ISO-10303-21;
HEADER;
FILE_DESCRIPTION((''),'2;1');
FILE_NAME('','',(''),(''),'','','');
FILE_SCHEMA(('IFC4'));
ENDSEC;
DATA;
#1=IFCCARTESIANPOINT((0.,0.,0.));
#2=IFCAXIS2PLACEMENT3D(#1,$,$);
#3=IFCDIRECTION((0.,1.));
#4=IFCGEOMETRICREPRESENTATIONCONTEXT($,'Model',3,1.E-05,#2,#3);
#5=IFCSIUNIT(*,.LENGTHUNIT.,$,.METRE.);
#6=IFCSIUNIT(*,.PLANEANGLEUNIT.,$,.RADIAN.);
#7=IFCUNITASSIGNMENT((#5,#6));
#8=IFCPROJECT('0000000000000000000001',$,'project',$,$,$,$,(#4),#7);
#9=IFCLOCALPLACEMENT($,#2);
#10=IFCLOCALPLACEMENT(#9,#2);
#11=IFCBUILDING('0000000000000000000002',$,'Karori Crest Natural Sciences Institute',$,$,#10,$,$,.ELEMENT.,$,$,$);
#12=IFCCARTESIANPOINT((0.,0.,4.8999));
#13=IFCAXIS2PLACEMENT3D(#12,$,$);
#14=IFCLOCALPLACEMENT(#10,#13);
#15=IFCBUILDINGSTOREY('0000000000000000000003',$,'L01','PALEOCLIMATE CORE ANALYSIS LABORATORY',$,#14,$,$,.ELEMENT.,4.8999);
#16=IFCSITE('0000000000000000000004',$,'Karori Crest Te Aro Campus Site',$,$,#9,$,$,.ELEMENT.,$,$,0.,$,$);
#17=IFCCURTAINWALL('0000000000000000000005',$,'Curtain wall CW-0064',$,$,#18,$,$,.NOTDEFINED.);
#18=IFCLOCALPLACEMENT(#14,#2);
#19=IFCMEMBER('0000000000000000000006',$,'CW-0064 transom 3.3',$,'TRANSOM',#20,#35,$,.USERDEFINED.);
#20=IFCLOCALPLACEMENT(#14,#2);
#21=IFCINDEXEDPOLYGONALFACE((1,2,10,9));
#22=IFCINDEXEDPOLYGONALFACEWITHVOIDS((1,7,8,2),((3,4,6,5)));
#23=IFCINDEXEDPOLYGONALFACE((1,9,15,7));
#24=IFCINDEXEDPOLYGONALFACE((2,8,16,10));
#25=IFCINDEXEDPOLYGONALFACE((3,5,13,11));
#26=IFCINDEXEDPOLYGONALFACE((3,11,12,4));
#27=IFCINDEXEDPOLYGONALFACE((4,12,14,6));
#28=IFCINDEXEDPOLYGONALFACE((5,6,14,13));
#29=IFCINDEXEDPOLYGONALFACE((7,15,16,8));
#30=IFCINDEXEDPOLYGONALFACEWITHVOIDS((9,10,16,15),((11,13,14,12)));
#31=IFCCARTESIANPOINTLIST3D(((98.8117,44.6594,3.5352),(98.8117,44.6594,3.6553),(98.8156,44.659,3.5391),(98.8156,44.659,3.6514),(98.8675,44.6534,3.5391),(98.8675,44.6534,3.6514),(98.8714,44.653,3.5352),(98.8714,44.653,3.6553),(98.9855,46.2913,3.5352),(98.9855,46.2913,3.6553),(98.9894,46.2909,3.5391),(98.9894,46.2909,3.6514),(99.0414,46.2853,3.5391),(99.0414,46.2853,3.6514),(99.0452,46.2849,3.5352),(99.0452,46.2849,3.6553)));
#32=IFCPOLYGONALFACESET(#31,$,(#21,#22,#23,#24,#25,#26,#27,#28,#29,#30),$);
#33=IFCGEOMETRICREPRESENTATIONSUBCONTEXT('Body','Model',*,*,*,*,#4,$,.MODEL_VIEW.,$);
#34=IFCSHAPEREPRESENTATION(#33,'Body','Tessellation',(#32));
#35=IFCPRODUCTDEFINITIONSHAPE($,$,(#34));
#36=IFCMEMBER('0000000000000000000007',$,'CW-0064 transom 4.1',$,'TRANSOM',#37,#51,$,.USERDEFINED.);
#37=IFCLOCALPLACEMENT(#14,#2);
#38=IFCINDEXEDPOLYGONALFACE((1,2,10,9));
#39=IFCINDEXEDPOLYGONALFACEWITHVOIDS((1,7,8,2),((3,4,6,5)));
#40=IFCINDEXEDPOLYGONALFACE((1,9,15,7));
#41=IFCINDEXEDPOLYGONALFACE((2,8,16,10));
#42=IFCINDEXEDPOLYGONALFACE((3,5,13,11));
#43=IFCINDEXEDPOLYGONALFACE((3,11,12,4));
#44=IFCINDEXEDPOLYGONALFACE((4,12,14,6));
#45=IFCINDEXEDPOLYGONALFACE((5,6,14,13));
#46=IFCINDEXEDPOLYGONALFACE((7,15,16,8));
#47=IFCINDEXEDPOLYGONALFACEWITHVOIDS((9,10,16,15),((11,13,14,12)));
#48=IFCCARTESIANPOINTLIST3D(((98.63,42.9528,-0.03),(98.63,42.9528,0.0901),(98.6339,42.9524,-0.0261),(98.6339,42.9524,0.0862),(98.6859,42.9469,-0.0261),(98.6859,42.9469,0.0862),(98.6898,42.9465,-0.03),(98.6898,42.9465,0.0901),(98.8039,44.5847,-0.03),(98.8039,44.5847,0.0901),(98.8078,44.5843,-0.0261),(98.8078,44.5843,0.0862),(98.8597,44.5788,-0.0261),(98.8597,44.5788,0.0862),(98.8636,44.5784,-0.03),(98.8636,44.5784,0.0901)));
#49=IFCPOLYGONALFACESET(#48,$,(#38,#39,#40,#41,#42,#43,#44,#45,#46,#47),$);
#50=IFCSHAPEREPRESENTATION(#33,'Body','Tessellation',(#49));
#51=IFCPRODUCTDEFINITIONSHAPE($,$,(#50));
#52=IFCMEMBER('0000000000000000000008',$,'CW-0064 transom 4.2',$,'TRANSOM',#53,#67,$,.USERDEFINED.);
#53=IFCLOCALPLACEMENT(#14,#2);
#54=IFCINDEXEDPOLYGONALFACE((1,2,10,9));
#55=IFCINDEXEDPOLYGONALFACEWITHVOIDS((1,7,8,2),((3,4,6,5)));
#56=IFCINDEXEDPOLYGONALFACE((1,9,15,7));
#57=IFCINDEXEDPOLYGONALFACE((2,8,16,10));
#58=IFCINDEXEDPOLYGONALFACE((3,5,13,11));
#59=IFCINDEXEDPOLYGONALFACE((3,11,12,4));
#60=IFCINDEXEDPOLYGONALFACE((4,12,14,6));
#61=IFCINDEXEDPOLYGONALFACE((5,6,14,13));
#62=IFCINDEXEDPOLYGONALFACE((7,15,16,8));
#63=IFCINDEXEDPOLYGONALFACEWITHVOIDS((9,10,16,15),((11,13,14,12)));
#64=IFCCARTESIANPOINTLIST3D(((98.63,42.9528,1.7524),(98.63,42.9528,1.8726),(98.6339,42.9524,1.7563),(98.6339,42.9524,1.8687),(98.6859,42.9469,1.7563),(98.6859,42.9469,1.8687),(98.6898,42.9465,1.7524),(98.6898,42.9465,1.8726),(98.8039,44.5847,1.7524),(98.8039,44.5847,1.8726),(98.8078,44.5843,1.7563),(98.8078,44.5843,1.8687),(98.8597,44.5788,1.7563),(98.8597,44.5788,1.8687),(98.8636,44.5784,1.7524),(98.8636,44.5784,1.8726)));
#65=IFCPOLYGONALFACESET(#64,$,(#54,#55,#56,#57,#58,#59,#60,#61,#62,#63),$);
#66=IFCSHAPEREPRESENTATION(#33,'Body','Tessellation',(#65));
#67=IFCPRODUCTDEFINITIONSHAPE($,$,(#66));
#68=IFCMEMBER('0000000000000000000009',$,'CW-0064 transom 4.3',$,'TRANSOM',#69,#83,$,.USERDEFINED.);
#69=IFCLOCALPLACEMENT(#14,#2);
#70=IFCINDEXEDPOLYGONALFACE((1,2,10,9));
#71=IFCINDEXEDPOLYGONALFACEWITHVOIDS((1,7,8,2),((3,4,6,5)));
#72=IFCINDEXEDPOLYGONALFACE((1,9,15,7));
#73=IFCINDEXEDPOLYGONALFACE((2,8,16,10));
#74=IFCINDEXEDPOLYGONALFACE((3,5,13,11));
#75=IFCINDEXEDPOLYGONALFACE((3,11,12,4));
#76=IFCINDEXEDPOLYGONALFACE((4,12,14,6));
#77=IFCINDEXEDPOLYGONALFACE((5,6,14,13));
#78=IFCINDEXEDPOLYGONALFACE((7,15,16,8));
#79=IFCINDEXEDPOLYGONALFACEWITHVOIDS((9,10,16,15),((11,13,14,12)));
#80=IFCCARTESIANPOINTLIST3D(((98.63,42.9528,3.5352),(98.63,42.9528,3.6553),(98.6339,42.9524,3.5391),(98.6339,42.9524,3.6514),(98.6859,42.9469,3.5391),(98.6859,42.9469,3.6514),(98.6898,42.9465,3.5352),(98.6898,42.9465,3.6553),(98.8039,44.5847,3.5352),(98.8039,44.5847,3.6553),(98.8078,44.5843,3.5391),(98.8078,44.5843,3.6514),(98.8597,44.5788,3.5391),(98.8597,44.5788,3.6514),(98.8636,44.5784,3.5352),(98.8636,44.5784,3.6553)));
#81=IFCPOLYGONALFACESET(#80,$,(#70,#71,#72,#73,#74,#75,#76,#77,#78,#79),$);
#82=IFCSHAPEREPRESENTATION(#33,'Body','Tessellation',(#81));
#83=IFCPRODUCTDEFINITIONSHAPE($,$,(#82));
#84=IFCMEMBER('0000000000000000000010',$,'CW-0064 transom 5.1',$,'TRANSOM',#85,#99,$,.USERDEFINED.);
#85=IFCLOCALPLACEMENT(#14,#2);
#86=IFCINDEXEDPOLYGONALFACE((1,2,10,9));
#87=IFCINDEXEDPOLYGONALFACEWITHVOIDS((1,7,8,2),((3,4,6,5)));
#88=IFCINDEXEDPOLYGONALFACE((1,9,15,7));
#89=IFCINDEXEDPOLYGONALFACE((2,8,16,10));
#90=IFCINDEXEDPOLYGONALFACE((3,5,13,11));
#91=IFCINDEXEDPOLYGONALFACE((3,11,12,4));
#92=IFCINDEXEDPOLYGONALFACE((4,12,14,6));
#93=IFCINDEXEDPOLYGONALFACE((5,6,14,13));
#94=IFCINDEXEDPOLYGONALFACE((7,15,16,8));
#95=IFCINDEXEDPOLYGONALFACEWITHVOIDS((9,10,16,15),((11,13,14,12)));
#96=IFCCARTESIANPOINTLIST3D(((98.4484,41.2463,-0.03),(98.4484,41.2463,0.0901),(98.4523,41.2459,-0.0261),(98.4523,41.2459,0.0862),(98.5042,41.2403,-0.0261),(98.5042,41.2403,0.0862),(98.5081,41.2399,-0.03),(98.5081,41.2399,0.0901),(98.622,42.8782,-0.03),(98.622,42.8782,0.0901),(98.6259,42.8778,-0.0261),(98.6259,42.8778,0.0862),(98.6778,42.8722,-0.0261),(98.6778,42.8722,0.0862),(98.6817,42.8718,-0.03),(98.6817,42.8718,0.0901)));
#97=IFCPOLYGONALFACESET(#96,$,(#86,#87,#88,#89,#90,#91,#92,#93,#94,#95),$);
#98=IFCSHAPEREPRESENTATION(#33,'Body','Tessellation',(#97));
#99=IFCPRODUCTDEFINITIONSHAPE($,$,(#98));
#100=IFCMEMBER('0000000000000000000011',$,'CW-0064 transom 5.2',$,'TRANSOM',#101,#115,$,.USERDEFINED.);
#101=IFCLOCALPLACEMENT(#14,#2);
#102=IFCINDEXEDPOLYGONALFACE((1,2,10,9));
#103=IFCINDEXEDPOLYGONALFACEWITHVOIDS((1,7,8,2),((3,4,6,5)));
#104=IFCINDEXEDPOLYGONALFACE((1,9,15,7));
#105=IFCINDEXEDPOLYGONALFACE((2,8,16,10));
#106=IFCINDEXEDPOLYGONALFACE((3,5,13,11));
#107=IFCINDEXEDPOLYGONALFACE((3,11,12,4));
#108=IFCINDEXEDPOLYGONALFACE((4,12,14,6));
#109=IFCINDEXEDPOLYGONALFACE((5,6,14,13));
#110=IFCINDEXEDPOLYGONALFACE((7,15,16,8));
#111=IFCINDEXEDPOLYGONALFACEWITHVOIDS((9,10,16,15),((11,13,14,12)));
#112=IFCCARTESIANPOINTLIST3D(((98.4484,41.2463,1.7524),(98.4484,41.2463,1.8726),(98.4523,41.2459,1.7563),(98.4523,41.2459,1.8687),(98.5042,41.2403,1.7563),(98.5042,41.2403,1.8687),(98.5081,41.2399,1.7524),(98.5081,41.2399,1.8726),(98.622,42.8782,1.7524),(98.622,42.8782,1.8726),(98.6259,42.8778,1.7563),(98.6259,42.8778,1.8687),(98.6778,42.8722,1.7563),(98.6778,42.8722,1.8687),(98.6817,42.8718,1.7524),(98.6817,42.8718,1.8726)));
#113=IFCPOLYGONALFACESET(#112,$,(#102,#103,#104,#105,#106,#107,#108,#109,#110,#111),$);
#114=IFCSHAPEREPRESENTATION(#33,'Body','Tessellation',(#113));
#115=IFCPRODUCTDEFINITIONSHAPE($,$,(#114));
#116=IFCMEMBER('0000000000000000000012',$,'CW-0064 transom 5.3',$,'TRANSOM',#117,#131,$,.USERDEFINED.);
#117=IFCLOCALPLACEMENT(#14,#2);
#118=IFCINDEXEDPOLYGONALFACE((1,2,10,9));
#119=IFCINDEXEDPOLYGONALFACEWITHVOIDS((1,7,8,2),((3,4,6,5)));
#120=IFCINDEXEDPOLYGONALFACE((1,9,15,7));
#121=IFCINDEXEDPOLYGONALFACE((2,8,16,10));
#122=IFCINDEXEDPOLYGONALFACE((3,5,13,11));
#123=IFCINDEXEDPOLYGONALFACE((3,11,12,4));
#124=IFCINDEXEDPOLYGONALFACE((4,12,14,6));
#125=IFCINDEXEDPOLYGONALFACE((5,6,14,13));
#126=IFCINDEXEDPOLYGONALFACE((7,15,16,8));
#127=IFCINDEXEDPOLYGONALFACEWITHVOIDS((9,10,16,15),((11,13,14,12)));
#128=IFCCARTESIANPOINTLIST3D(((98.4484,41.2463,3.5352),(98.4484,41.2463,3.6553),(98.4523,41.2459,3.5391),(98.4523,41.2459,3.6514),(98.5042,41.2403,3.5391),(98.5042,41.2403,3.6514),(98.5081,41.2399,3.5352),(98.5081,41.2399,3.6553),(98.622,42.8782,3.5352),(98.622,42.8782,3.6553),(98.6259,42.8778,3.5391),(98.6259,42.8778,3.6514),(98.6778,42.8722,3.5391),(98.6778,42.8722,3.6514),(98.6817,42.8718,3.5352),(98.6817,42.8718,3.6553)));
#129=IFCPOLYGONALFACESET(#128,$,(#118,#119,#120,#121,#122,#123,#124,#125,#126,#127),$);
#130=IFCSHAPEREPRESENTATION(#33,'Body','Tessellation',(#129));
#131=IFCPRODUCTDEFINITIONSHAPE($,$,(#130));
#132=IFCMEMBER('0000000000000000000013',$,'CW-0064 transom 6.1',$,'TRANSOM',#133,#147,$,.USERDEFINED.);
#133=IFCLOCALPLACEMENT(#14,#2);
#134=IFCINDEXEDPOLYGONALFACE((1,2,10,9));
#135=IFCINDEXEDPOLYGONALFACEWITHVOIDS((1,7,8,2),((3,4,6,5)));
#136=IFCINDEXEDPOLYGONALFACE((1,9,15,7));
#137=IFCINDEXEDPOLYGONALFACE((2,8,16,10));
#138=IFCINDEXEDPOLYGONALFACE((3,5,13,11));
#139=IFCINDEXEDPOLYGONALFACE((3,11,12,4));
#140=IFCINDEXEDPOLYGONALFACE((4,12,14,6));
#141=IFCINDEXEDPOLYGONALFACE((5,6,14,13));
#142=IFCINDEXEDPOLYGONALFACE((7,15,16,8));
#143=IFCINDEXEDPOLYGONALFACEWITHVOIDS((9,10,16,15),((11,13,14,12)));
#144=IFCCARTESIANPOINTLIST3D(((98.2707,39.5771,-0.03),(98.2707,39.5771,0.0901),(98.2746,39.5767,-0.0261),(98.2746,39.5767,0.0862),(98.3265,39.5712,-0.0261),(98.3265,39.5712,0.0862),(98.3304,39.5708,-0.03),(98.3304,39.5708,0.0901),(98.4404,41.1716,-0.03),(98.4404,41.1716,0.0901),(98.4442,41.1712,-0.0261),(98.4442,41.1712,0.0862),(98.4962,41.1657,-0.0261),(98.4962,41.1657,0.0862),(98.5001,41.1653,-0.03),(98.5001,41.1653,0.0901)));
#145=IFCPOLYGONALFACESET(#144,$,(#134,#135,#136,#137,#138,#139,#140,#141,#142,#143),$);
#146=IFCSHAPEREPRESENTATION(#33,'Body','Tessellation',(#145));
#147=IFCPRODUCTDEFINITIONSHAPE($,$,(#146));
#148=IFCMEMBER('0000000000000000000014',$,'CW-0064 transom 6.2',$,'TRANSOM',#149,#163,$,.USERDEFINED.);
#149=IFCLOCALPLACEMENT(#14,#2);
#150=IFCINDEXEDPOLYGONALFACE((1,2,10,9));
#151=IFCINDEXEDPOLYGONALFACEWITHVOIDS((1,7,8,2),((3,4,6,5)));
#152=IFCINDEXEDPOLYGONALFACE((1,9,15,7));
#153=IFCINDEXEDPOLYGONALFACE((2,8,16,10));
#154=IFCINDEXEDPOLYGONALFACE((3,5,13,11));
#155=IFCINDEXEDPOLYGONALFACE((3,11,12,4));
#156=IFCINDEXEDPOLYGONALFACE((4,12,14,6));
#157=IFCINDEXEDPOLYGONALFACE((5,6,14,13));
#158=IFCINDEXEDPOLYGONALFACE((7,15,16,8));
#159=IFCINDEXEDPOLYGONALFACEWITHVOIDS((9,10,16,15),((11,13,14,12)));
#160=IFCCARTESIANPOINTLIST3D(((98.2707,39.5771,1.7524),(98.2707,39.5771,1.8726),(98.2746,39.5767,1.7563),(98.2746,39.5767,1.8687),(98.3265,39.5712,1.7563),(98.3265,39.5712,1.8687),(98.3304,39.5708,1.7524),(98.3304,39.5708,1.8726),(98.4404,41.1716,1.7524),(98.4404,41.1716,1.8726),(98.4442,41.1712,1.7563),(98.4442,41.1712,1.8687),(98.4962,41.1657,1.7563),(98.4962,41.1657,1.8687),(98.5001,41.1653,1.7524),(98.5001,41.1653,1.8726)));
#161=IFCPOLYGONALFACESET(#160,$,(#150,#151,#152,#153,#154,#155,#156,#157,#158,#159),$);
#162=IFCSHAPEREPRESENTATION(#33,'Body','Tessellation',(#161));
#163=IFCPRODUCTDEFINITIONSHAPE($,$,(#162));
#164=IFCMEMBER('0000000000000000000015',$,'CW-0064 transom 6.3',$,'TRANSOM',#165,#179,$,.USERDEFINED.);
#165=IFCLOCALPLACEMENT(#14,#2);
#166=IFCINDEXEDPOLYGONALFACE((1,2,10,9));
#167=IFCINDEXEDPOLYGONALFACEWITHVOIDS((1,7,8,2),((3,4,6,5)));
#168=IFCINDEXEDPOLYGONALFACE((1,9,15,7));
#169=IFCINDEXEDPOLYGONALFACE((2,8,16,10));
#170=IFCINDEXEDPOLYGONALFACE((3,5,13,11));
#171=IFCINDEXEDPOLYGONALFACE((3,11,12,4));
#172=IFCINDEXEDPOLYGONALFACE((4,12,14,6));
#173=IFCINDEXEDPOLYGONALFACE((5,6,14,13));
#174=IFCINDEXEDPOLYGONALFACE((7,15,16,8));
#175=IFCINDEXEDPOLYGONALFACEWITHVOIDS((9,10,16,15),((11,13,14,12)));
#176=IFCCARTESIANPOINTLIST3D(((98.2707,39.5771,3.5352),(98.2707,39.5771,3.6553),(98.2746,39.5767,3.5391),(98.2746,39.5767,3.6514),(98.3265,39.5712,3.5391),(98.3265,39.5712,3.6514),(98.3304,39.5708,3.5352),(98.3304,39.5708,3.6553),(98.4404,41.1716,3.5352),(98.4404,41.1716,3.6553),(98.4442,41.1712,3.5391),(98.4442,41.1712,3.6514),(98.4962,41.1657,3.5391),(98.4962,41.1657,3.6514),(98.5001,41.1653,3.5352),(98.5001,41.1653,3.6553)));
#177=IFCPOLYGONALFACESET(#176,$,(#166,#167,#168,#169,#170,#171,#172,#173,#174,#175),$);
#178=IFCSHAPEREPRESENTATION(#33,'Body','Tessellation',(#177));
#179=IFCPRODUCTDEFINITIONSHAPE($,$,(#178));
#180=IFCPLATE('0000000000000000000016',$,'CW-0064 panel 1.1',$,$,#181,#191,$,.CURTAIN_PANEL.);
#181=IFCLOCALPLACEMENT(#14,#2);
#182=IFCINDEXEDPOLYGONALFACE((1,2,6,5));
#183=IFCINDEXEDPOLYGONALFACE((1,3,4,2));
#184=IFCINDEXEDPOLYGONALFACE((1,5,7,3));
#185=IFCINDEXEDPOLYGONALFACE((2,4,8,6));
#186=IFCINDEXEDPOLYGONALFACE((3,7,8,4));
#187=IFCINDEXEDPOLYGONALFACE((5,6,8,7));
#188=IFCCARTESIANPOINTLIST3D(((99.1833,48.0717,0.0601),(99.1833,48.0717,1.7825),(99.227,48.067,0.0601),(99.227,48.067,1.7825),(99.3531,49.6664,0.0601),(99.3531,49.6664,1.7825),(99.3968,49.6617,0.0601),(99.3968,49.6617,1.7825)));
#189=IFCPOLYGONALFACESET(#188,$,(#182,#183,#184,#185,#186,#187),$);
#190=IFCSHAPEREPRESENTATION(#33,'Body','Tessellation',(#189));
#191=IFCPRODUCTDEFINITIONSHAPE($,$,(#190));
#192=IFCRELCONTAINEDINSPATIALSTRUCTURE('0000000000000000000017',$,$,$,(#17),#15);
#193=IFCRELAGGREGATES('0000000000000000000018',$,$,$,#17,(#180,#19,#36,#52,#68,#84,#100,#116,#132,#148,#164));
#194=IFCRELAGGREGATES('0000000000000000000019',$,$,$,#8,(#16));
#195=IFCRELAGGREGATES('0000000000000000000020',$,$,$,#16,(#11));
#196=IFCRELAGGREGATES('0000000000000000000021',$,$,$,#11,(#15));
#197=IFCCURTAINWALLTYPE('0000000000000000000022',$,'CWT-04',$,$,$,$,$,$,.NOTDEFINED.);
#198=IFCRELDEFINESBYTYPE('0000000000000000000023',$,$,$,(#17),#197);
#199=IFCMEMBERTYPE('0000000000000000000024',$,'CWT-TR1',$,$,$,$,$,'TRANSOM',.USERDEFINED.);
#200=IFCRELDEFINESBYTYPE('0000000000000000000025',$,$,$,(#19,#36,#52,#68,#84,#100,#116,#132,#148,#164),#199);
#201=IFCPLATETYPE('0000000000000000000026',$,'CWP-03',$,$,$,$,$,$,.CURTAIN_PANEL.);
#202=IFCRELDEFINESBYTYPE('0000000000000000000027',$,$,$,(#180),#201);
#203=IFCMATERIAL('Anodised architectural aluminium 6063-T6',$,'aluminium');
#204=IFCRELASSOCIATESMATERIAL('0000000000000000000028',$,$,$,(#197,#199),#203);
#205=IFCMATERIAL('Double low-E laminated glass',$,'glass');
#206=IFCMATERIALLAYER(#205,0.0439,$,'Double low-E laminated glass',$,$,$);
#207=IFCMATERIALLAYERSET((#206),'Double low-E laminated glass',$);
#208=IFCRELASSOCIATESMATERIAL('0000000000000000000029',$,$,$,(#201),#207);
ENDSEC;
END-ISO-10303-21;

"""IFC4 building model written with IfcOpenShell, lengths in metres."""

from ifc_helpers import new_model, si_unit, direction, frame, origin, origin_2d, place, context, subcontext, project, spatial, rectangle, hollow_rectangle, extrude, material, layer, layer_set, material_profile, profile_set, type_object, element, aggregate, save


model = new_model("IFC4")

# Units and contexts
model_context = context("Model", 3, precision=1e-05, world=origin(), true_north=direction((0.0, 1.0)))
body_context = subcontext(model_context, "Body", "Model", "MODEL_VIEW")
ifc_project = project(units=[si_unit("LENGTHUNIT", "METRE"), si_unit("PLANEANGLEUNIT", "RADIAN")], contexts=[model_context])

# Site, building, storey
site_placement = place(None, origin())
site = spatial("IfcSite", under=ifc_project, at=site_placement, Name="Karori Crest Te Aro Campus Site", CompositionType="ELEMENT", RefElevation=0.0)
building_placement = place(site_placement, origin())
building = spatial("IfcBuilding", under=site, at=building_placement, Name="Karori Crest Natural Sciences Institute", CompositionType="ELEMENT")
storey_placement = place(building_placement, frame((0.0, 0.0, 4.8999)))
storey = spatial("IfcBuildingStorey", under=building, at=storey_placement, Name="L01", Description="PALEOCLIMATE CORE ANALYSIS LABORATORY", CompositionType="ELEMENT", Elevation=4.8999)

# Curtain wall, members, plate
ifc_material_1 = material(Name="Anodised architectural aluminium 6063-T6", Category="aluminium")
curtain_wall_type = type_object("IfcCurtainWallType", Name="CWT-04", PredefinedType="NOTDEFINED", material=ifc_material_1)
curtain_wall_placement = place(storey_placement, origin())
curtain_wall = element("IfcCurtainWall", 1, at=curtain_wall_placement, inside=storey, type_object=curtain_wall_type, Name="Curtain wall CW-0064", PredefinedType="NOTDEFINED")
ifc_material_profile_1 = material_profile(ifc_material_1, hollow_rectangle(XDim=0.0601, YDim=0.1201, WallThickness=0.0039, at=origin_2d()), Name="CWT120x60x4")
ifc_profile_set_1 = profile_set([ifc_material_profile_1], Name="Anodised architectural aluminium 6063-T6")
member_type_1 = type_object("IfcMemberType", Name="CWT-TR1", ElementType="TRANSOM", PredefinedType="USERDEFINED", material=ifc_profile_set_1)
member_1_placement = place(storey_placement, frame((99.0154, 46.2881, 3.5952), z_axis=(-0.105924, -0.994374, 0.0), x_axis=(0.994374, -0.105924, 0.0)))
member_1 = element("IfcMember", 2, at=member_1_placement, type_object=member_type_1, Name="CW-0064 transom 3.3", ObjectType="TRANSOM", PredefinedType="USERDEFINED", context=body_context, shape_type="SweptSolid", body=[
    extrude(hollow_rectangle(XDim=0.0601, YDim=0.1201, WallThickness=0.0039, at=origin_2d()), origin(), (0.0, 0.0, 1.0), 1.6411),
])
member_2_placement = place(storey_placement, frame((98.8337, 44.5815, 0.03), z_axis=(-0.105924, -0.994374, 0.0), x_axis=(0.994374, -0.105924, 0.0)))
member_2 = element("IfcMember", 3, at=member_2_placement, type_object=member_type_1, Name="CW-0064 transom 4.1", ObjectType="TRANSOM", PredefinedType="USERDEFINED", context=body_context, shape_type="SweptSolid", body=[
    extrude(hollow_rectangle(XDim=0.0601, YDim=0.1201, WallThickness=0.0039, at=origin_2d()), origin(), (0.0, 0.0, 1.0), 1.6411),
])
member_3_placement = place(storey_placement, frame((98.8337, 44.5815, 1.8125), z_axis=(-0.105924, -0.994374, 0.0), x_axis=(0.994374, -0.105924, 0.0)))
member_3 = element("IfcMember", 4, at=member_3_placement, type_object=member_type_1, Name="CW-0064 transom 4.2", ObjectType="TRANSOM", PredefinedType="USERDEFINED", context=body_context, shape_type="SweptSolid", body=[
    extrude(hollow_rectangle(XDim=0.0601, YDim=0.1201, WallThickness=0.0039, at=origin_2d()), origin(), (0.0, 0.0, 1.0), 1.6411),
])
member_4_placement = place(storey_placement, frame((98.8337, 44.5815, 3.5952), z_axis=(-0.105924, -0.994374, 0.0), x_axis=(0.994374, -0.105924, 0.0)))
member_4 = element("IfcMember", 5, at=member_4_placement, type_object=member_type_1, Name="CW-0064 transom 4.3", ObjectType="TRANSOM", PredefinedType="USERDEFINED", context=body_context, shape_type="SweptSolid", body=[
    extrude(hollow_rectangle(XDim=0.0601, YDim=0.1201, WallThickness=0.0039, at=origin_2d()), origin(), (0.0, 0.0, 1.0), 1.6411),
])
member_5_placement = place(storey_placement, frame((98.6519, 42.875, 0.03), z_axis=(-0.105777, -0.99439, 0.0), x_axis=(0.99439, -0.105777, 0.0)))
member_5 = element("IfcMember", 6, at=member_5_placement, type_object=member_type_1, Name="CW-0064 transom 5.1", ObjectType="TRANSOM", PredefinedType="USERDEFINED", context=body_context, shape_type="SweptSolid", body=[
    extrude(hollow_rectangle(XDim=0.0601, YDim=0.1201, WallThickness=0.0039, at=origin_2d()), origin(), (0.0, 0.0, 1.0), 1.6411),
])
member_6_placement = place(storey_placement, frame((98.6519, 42.875, 1.8125), z_axis=(-0.105777, -0.99439, 0.0), x_axis=(0.99439, -0.105777, 0.0)))
member_6 = element("IfcMember", 7, at=member_6_placement, type_object=member_type_1, Name="CW-0064 transom 5.2", ObjectType="TRANSOM", PredefinedType="USERDEFINED", context=body_context, shape_type="SweptSolid", body=[
    extrude(hollow_rectangle(XDim=0.0601, YDim=0.1201, WallThickness=0.0039, at=origin_2d()), origin(), (0.0, 0.0, 1.0), 1.6411),
])
member_7_placement = place(storey_placement, frame((98.6519, 42.875, 3.5952), z_axis=(-0.105777, -0.99439, 0.0), x_axis=(0.99439, -0.105777, 0.0)))
member_7 = element("IfcMember", 8, at=member_7_placement, type_object=member_type_1, Name="CW-0064 transom 5.3", ObjectType="TRANSOM", PredefinedType="USERDEFINED", context=body_context, shape_type="SweptSolid", body=[
    extrude(hollow_rectangle(XDim=0.0601, YDim=0.1201, WallThickness=0.0039, at=origin_2d()), origin(), (0.0, 0.0, 1.0), 1.6411),
])
member_8_placement = place(storey_placement, frame((98.4702, 41.1685, 0.03), z_axis=(-0.105818, -0.994386, 0.0), x_axis=(0.994386, -0.105818, 0.0)))
member_8 = element("IfcMember", 9, at=member_8_placement, type_object=member_type_1, Name="CW-0064 transom 6.1", ObjectType="TRANSOM", PredefinedType="USERDEFINED", context=body_context, shape_type="SweptSolid", body=[
    extrude(hollow_rectangle(XDim=0.0601, YDim=0.1201, WallThickness=0.0039, at=origin_2d()), origin(), (0.0, 0.0, 1.0), 1.6035),
])
member_9_placement = place(storey_placement, frame((98.4702, 41.1685, 1.8125), z_axis=(-0.105818, -0.994386, 0.0), x_axis=(0.994386, -0.105818, 0.0)))
member_9 = element("IfcMember", 10, at=member_9_placement, type_object=member_type_1, Name="CW-0064 transom 6.2", ObjectType="TRANSOM", PredefinedType="USERDEFINED", context=body_context, shape_type="SweptSolid", body=[
    extrude(hollow_rectangle(XDim=0.0601, YDim=0.1201, WallThickness=0.0039, at=origin_2d()), origin(), (0.0, 0.0, 1.0), 1.6035),
])
member_10_placement = place(storey_placement, frame((98.4702, 41.1685, 3.5952), z_axis=(-0.105818, -0.994386, 0.0), x_axis=(0.994386, -0.105818, 0.0)))
member_10 = element("IfcMember", 11, at=member_10_placement, type_object=member_type_1, Name="CW-0064 transom 6.3", ObjectType="TRANSOM", PredefinedType="USERDEFINED", context=body_context, shape_type="SweptSolid", body=[
    extrude(hollow_rectangle(XDim=0.0601, YDim=0.1201, WallThickness=0.0039, at=origin_2d()), origin(), (0.0, 0.0, 1.0), 1.6035),
])
ifc_material_2 = material(Name="Double low-E laminated glass", Category="glass")
ifc_layer_1 = layer(ifc_material_2, 0.0439, Name="Double low-E laminated glass")
ifc_layer_set_1 = layer_set([ifc_layer_1], Name="Double low-E laminated glass")
plate_type = type_object("IfcPlateType", Name="CWP-03", PredefinedType="CURTAIN_PANEL", material=ifc_layer_set_1)
plate_1_placement = place(storey_placement, frame((99.29, 48.8667, 0.0601), z_axis=(0.0, 0.0, 1.0), x_axis=(-0.105884, -0.994378, 0.0)))
plate_1 = element("IfcPlate", 12, at=plate_1_placement, type_object=plate_type, Name="CW-0064 panel 1.1", PredefinedType="CURTAIN_PANEL", context=body_context, shape_type="SweptSolid", body=[
    extrude(rectangle(XDim=1.6038, YDim=0.0439, at=origin_2d()), origin(), (0.0, 0.0, 1.0), 1.7224),
])
aggregate(curtain_wall, [plate_1, member_1, member_2, member_3, member_4, member_5, member_6, member_7, member_8, member_9, member_10])

save(model, "model.ifc")
